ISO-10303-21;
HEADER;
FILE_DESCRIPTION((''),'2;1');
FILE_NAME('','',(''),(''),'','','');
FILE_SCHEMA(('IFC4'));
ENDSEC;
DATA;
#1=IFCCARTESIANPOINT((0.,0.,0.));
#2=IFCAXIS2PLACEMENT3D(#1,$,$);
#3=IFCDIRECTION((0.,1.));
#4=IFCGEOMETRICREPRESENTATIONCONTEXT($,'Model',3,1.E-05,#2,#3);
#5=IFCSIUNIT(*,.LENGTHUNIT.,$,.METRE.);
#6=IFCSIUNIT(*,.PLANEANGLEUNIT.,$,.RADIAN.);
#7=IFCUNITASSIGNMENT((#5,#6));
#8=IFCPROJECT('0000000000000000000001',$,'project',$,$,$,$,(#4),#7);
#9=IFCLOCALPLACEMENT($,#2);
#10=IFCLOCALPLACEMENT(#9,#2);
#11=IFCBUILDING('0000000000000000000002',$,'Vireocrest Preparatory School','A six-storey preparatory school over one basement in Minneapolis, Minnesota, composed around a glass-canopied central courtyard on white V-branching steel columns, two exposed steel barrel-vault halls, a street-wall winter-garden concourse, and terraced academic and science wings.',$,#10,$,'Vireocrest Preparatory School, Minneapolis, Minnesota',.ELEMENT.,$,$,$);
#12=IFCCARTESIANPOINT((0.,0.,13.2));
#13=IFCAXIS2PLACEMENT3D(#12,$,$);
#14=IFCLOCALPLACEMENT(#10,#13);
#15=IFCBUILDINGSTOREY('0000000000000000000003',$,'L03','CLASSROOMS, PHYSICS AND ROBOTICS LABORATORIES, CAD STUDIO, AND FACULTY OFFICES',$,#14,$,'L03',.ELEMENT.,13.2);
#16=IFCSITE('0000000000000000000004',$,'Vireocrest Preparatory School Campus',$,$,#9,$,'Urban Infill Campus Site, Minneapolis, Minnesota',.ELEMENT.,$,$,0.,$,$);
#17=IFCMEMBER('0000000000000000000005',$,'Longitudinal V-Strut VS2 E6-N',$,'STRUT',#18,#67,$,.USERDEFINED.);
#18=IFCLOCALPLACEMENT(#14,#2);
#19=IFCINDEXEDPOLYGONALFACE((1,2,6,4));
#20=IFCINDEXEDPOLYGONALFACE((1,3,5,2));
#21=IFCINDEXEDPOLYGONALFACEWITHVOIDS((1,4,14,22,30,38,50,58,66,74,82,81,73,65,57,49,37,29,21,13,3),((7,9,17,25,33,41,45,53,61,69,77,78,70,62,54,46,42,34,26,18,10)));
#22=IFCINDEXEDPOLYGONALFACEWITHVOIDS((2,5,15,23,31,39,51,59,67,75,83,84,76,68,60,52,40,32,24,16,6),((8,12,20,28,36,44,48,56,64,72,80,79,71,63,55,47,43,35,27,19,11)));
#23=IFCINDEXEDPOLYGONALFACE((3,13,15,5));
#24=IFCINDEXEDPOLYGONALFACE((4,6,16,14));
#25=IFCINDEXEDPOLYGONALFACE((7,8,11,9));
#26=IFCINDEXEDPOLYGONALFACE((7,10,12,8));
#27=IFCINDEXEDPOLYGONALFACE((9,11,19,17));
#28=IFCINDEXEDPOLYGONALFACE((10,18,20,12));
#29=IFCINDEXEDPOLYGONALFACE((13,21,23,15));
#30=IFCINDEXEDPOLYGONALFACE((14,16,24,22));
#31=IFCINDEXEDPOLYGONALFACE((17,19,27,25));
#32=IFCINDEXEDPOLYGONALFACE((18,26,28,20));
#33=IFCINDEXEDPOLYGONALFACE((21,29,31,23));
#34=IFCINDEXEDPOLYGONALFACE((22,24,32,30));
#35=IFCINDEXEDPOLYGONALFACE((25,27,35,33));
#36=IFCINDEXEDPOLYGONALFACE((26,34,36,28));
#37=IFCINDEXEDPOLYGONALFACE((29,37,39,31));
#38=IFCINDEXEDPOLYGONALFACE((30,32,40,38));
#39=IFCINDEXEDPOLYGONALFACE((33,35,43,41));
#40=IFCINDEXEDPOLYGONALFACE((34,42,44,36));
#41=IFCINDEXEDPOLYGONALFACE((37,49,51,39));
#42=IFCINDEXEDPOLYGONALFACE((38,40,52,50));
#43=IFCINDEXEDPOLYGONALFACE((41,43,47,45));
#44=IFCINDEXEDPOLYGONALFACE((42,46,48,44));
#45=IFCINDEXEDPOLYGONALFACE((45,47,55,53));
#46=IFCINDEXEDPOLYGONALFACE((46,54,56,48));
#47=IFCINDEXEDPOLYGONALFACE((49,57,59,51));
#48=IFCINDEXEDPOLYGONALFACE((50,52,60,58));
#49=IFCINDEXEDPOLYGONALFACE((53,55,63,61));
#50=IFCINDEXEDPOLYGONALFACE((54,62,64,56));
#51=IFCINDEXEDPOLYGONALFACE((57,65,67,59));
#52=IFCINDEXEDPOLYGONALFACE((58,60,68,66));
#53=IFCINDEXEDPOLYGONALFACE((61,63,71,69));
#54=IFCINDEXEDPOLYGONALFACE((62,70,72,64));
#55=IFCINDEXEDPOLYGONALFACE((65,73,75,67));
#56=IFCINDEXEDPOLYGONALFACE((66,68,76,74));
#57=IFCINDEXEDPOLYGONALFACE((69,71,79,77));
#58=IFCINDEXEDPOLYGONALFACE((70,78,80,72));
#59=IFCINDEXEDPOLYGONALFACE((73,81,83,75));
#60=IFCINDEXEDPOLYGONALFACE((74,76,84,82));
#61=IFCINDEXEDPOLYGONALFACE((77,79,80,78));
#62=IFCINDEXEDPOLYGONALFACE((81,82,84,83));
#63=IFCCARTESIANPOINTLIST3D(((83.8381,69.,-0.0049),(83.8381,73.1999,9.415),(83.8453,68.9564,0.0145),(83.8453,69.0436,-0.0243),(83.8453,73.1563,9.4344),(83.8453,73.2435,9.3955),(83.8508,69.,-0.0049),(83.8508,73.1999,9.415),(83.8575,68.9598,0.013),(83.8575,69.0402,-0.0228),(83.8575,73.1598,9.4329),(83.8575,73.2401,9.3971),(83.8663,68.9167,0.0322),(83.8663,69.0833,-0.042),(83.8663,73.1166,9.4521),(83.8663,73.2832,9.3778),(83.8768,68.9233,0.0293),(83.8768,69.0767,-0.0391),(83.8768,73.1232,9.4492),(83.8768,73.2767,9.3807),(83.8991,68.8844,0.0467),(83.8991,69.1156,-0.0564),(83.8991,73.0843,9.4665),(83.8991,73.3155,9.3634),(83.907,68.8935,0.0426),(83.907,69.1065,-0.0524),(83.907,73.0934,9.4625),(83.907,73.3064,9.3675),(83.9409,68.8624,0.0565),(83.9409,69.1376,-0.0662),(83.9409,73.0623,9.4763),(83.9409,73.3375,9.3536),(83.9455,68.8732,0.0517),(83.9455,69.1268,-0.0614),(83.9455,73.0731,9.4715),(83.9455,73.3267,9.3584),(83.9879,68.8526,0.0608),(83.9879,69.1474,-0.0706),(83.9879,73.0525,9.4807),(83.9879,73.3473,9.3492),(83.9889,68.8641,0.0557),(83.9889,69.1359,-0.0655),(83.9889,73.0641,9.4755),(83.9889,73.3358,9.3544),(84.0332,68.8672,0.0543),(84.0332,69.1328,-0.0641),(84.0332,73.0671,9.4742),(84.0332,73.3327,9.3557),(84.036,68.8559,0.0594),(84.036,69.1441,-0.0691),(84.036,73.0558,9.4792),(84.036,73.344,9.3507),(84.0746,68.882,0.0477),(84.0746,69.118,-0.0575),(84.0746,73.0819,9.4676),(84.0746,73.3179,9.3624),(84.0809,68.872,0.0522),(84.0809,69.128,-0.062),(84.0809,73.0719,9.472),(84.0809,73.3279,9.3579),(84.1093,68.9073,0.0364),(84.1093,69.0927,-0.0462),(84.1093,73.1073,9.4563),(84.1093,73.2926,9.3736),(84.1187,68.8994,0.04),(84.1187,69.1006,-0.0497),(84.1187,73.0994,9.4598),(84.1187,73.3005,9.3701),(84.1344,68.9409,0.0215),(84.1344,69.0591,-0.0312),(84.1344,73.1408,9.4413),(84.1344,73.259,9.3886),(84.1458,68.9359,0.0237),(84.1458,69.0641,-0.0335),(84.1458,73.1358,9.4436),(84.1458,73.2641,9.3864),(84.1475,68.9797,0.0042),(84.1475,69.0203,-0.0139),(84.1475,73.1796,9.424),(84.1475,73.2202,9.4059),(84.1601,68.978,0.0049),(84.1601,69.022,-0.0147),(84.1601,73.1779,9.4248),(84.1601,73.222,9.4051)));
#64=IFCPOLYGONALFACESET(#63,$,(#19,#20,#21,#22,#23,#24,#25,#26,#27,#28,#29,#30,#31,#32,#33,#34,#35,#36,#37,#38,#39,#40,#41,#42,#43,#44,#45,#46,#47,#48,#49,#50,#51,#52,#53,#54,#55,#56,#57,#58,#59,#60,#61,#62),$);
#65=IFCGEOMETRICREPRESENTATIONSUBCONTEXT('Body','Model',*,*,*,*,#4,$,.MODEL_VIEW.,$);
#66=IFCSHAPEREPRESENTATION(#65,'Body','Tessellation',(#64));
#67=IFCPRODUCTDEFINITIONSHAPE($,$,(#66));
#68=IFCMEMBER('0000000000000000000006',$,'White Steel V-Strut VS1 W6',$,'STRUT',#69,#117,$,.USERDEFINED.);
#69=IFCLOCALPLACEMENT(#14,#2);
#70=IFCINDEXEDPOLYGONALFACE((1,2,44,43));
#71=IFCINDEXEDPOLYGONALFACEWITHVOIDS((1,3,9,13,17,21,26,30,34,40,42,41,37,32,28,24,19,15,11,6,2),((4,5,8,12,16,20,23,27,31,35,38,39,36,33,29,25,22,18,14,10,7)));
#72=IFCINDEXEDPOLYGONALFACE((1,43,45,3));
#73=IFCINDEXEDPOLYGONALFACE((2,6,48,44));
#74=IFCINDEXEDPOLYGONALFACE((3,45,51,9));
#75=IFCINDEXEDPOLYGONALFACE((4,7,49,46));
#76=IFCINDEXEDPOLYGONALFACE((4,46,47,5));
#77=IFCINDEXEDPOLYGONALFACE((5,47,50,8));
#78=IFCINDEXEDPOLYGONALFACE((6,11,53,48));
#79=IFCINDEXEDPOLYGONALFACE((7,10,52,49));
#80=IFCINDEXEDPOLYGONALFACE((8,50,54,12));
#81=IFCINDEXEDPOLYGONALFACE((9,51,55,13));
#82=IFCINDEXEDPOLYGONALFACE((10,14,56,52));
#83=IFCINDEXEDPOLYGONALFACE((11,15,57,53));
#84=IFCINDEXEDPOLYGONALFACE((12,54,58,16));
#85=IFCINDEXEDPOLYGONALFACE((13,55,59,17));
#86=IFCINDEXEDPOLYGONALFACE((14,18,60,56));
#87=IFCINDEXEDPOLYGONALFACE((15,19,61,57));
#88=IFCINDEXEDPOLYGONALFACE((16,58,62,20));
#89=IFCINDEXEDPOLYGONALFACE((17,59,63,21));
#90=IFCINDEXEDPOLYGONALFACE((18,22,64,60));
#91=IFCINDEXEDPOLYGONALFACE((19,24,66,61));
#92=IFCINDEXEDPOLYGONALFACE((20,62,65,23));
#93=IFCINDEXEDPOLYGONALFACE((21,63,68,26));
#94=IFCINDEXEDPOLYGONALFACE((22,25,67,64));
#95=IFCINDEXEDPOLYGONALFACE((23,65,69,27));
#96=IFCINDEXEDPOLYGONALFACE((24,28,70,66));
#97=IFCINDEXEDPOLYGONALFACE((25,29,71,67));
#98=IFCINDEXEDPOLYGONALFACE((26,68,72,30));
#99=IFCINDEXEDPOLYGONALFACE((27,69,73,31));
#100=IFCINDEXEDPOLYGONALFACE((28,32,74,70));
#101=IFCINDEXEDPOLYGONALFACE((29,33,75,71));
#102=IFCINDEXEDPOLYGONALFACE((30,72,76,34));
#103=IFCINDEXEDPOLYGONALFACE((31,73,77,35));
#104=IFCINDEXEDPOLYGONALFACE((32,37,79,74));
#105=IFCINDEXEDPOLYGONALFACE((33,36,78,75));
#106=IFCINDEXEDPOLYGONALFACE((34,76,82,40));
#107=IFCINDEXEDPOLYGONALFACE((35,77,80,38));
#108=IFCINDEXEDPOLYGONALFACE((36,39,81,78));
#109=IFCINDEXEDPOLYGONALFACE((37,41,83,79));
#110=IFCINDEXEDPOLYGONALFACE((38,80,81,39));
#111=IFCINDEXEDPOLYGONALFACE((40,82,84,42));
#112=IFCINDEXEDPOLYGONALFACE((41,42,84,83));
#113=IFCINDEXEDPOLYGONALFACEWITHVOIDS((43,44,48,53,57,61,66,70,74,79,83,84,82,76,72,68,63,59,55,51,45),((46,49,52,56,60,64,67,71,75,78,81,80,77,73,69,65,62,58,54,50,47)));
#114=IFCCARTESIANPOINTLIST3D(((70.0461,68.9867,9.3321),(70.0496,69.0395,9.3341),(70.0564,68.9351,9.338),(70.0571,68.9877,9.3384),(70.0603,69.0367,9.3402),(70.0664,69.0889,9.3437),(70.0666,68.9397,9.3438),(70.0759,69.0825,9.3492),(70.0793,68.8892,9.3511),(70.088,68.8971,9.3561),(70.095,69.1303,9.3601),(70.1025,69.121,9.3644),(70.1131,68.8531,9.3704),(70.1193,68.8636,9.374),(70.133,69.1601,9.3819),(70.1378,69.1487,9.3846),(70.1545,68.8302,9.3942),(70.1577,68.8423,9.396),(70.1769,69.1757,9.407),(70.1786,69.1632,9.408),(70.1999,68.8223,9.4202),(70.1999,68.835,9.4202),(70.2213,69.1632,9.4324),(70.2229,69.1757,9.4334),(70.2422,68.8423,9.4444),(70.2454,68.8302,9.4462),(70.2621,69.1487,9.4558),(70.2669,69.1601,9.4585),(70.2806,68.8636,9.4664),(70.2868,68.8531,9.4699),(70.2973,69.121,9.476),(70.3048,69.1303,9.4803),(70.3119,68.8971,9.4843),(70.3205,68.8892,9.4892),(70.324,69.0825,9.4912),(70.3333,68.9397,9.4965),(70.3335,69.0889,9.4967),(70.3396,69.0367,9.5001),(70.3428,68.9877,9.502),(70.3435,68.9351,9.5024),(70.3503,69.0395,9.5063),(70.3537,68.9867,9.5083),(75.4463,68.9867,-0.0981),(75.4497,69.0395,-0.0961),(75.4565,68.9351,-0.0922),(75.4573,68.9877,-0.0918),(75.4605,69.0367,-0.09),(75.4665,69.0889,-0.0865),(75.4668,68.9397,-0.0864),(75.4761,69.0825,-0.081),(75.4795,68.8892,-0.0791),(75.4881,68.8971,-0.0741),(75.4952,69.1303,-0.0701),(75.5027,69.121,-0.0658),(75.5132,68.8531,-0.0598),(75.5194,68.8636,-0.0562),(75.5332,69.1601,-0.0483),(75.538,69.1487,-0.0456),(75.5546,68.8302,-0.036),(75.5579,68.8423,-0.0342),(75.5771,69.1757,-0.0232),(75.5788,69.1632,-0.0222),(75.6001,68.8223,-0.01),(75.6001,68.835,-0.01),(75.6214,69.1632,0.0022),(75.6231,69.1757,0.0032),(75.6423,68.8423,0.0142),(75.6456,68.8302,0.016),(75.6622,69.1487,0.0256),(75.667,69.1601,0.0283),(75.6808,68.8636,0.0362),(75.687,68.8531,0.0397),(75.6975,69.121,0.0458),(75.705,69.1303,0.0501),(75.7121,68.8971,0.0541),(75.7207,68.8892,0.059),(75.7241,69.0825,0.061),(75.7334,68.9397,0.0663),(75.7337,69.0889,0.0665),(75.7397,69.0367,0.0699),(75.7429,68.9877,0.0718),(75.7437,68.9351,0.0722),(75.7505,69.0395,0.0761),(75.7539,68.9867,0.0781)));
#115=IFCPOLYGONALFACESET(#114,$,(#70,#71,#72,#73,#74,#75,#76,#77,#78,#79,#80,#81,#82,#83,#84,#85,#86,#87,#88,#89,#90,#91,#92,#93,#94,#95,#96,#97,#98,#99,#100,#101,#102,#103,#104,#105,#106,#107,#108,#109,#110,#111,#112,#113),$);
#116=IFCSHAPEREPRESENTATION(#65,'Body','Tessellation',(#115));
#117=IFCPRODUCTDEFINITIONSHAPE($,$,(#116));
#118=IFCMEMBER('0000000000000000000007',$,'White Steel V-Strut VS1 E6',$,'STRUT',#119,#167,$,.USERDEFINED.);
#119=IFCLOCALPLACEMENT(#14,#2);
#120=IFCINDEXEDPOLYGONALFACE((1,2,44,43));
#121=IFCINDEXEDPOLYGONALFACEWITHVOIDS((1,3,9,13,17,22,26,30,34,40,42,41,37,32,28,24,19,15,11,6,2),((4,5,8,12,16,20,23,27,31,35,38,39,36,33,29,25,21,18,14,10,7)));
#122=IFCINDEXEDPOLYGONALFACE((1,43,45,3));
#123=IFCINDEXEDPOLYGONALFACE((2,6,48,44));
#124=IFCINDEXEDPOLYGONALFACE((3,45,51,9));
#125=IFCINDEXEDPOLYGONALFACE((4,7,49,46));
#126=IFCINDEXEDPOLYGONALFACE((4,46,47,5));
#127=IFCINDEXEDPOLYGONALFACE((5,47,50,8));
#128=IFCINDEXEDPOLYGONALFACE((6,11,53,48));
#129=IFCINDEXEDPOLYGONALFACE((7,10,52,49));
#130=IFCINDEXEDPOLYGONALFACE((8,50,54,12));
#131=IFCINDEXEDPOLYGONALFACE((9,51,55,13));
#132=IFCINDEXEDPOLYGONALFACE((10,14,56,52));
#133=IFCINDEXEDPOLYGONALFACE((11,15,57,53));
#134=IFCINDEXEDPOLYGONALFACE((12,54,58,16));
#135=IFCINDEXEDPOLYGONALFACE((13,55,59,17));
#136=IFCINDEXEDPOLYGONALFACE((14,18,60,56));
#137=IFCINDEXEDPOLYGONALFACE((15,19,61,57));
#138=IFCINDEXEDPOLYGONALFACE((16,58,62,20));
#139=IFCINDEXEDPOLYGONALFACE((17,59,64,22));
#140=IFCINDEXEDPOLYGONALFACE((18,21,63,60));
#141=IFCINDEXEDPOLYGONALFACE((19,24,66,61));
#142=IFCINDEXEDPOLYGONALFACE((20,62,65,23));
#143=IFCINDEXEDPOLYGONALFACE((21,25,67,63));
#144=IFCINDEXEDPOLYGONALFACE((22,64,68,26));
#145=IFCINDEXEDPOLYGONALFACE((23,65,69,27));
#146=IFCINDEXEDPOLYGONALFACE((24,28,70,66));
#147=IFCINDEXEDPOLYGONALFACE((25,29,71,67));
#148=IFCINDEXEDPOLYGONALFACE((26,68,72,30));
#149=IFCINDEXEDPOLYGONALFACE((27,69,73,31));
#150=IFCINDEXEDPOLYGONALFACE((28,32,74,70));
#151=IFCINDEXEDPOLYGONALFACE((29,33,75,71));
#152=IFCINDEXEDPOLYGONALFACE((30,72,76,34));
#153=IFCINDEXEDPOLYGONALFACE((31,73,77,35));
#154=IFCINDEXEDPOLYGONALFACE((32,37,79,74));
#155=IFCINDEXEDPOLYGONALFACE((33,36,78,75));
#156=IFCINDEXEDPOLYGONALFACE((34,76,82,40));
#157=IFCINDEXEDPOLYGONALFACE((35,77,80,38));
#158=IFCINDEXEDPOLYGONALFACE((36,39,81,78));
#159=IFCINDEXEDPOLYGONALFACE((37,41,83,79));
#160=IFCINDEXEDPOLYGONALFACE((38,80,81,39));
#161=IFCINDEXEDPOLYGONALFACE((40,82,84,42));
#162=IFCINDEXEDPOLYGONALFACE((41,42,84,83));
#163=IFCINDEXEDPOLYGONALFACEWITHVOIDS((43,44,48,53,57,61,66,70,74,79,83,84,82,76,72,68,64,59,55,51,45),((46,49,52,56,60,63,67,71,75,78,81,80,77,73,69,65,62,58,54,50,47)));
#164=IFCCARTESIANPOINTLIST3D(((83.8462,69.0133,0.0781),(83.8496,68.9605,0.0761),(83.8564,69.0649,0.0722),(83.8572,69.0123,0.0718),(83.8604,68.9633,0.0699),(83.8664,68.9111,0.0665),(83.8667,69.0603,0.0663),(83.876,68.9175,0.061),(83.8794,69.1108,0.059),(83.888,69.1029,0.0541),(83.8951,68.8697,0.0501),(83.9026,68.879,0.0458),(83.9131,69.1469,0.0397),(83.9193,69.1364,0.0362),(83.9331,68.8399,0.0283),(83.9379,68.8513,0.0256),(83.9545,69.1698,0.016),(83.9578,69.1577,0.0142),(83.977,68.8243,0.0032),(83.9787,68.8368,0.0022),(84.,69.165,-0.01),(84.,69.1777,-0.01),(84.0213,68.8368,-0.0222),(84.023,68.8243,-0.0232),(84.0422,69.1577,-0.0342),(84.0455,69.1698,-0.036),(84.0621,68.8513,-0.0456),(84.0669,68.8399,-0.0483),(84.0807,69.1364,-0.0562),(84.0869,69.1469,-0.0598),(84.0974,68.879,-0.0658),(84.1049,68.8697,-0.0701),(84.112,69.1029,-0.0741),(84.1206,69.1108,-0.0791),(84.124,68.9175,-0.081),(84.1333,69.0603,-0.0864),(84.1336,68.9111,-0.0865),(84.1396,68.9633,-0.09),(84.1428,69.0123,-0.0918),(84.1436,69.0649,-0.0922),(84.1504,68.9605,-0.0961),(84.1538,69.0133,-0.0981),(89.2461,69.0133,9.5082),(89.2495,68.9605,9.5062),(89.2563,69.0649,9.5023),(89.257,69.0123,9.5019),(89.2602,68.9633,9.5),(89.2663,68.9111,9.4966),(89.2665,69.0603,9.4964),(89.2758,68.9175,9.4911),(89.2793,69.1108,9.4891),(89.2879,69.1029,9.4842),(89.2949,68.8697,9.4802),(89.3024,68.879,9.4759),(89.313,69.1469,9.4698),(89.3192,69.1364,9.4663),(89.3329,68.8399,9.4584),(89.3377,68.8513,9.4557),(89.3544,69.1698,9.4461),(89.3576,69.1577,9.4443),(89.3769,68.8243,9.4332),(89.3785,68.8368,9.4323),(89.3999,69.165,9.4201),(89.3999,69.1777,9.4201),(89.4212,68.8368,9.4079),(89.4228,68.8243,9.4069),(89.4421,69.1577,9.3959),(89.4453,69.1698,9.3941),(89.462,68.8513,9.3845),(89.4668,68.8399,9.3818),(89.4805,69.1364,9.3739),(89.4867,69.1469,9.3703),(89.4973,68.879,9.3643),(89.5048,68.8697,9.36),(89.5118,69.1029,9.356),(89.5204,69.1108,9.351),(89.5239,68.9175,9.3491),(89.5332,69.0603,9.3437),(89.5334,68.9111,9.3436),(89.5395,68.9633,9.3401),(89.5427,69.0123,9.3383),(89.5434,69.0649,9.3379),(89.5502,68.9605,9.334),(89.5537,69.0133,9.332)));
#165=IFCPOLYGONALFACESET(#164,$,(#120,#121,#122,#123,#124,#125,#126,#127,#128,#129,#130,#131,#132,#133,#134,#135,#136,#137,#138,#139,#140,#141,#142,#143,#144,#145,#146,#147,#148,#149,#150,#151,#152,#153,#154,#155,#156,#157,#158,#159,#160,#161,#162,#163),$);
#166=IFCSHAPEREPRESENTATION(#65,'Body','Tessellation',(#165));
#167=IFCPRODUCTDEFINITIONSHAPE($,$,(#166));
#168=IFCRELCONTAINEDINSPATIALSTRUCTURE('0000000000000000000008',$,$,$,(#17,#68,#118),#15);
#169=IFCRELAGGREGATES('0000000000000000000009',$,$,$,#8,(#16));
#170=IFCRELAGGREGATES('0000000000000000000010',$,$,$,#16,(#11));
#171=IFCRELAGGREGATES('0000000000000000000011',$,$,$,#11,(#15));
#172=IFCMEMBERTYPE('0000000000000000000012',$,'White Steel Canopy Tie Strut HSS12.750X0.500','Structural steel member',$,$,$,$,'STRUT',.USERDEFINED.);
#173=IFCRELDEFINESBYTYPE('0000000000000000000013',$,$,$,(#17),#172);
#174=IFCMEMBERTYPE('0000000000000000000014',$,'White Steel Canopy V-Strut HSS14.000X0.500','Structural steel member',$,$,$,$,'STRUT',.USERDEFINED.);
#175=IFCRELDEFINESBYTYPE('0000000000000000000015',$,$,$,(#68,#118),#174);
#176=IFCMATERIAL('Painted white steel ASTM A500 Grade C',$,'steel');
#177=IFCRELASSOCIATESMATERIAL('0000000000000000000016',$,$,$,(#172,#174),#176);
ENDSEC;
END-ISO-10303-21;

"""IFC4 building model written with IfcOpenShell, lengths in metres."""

from ifc_helpers import new_model, si_unit, direction, frame, origin, origin_2d, place, context, subcontext, project, spatial, hollow_circle, extrude, material, material_profile, profile_set, type_object, element, save


model = new_model("IFC4")

# Units and contexts
model_context = context("Model", 3, precision=1e-05, world=origin(), true_north=direction((0.0, 1.0)))
body_context = subcontext(model_context, "Body", "Model", "MODEL_VIEW")
ifc_project = project(units=[si_unit("LENGTHUNIT", "METRE"), si_unit("PLANEANGLEUNIT", "RADIAN")], contexts=[model_context])

# Site, building, storey
site_placement = place(None, origin())
site = spatial("IfcSite", under=ifc_project, at=site_placement, Name="Vireocrest Preparatory School Campus", LongName="Urban Infill Campus Site, Minneapolis, Minnesota", CompositionType="ELEMENT", RefElevation=0.0)
building_placement = place(site_placement, origin())
building = spatial("IfcBuilding", under=site, at=building_placement, Name="Vireocrest Preparatory School", Description="A six-storey preparatory school over one basement in Minneapolis, Minnesota, composed around a glass-canopied central courtyard on white V-branching steel columns, two exposed steel barrel-vault halls, a street-wall winter-garden concourse, and terraced academic and science wings.", LongName="Vireocrest Preparatory School, Minneapolis, Minnesota", CompositionType="ELEMENT")
storey_placement = place(building_placement, frame((0.0, 0.0, 13.2)))
storey = spatial("IfcBuildingStorey", under=building, at=storey_placement, Name="L03", Description="CLASSROOMS, PHYSICS AND ROBOTICS LABORATORIES, CAD STUDIO, AND FACULTY OFFICES", LongName="L03", CompositionType="ELEMENT", Elevation=13.2)

# Members
ifc_material_1 = material(Name="Painted white steel ASTM A500 Grade C", Category="steel")
ifc_material_profile_1 = material_profile(ifc_material_1, hollow_circle(Radius=0.1619, WallThickness=0.0127, at=origin_2d()), Name="HSS12.750X0.500")
ifc_profile_set_1 = profile_set([ifc_material_profile_1], Name="Painted white steel ASTM A500 Grade C")
member_type_1 = type_object("IfcMemberType", Name="White Steel Canopy Tie Strut HSS12.750X0.500", Description="Structural steel member", ElementType="STRUT", PredefinedType="USERDEFINED", material=ifc_profile_set_1)
for number, where, z_axis, x_axis, name in (
    (1, (84.0, 69.0, -0.0049), (0.0, 0.407217, 0.913332), (-1.0, 0.0, 0.0), "Longitudinal V-Strut VS2 E6-N"),
):
    element("IfcMember", number, at=place(storey_placement, frame(where, z_axis=z_axis, x_axis=x_axis)), inside=storey, type_object=member_type_1, Name=name, ObjectType="STRUT", PredefinedType="USERDEFINED", context=body_context, shape_type="SweptSolid", body=[
        extrude(hollow_circle(Radius=0.1619, WallThickness=0.0127, at=origin_2d()), origin(), (0.0, 0.0, 1.0), 10.3137),
    ])
ifc_material_profile_2 = material_profile(ifc_material_1, hollow_circle(Radius=0.1777, WallThickness=0.0127, at=origin_2d()), Name="HSS14.000X0.500")
ifc_profile_set_2 = profile_set([ifc_material_profile_2], Name="Painted white steel ASTM A500 Grade C")
member_type_2 = type_object("IfcMemberType", Name="White Steel Canopy V-Strut HSS14.000X0.500", Description="Structural steel member", ElementType="STRUT", PredefinedType="USERDEFINED", material=ifc_profile_set_2)
member_1_placement = place(storey_placement, frame((75.6001, 69.0, -0.01), z_axis=(-0.496935, 0.0, 0.867788), x_axis=(0.0, -1.0, 0.0)))
element("IfcMember", 2, at=member_1_placement, inside=storey, type_object=member_type_2, Name="White Steel V-Strut VS1 W6", ObjectType="STRUT", PredefinedType="USERDEFINED", context=body_context, shape_type="SweptSolid", body=[
    extrude(hollow_circle(Radius=0.1777, WallThickness=0.0127, at=origin_2d()), origin(), (0.0, 0.0, 1.0), 10.8669),
])
member_2_placement = place(storey_placement, frame((84.0, 69.0, -0.01), z_axis=(0.496918, 0.0, 0.867798), x_axis=(0.0, 1.0, 0.0)))
element("IfcMember", 3, at=member_2_placement, inside=storey, type_object=member_type_2, Name="White Steel V-Strut VS1 E6", ObjectType="STRUT", PredefinedType="USERDEFINED", context=body_context, shape_type="SweptSolid", body=[
    extrude(hollow_circle(Radius=0.1777, WallThickness=0.0127, at=origin_2d()), origin(), (0.0, 0.0, 1.0), 10.8667),
])

save(model, "model.ifc")
